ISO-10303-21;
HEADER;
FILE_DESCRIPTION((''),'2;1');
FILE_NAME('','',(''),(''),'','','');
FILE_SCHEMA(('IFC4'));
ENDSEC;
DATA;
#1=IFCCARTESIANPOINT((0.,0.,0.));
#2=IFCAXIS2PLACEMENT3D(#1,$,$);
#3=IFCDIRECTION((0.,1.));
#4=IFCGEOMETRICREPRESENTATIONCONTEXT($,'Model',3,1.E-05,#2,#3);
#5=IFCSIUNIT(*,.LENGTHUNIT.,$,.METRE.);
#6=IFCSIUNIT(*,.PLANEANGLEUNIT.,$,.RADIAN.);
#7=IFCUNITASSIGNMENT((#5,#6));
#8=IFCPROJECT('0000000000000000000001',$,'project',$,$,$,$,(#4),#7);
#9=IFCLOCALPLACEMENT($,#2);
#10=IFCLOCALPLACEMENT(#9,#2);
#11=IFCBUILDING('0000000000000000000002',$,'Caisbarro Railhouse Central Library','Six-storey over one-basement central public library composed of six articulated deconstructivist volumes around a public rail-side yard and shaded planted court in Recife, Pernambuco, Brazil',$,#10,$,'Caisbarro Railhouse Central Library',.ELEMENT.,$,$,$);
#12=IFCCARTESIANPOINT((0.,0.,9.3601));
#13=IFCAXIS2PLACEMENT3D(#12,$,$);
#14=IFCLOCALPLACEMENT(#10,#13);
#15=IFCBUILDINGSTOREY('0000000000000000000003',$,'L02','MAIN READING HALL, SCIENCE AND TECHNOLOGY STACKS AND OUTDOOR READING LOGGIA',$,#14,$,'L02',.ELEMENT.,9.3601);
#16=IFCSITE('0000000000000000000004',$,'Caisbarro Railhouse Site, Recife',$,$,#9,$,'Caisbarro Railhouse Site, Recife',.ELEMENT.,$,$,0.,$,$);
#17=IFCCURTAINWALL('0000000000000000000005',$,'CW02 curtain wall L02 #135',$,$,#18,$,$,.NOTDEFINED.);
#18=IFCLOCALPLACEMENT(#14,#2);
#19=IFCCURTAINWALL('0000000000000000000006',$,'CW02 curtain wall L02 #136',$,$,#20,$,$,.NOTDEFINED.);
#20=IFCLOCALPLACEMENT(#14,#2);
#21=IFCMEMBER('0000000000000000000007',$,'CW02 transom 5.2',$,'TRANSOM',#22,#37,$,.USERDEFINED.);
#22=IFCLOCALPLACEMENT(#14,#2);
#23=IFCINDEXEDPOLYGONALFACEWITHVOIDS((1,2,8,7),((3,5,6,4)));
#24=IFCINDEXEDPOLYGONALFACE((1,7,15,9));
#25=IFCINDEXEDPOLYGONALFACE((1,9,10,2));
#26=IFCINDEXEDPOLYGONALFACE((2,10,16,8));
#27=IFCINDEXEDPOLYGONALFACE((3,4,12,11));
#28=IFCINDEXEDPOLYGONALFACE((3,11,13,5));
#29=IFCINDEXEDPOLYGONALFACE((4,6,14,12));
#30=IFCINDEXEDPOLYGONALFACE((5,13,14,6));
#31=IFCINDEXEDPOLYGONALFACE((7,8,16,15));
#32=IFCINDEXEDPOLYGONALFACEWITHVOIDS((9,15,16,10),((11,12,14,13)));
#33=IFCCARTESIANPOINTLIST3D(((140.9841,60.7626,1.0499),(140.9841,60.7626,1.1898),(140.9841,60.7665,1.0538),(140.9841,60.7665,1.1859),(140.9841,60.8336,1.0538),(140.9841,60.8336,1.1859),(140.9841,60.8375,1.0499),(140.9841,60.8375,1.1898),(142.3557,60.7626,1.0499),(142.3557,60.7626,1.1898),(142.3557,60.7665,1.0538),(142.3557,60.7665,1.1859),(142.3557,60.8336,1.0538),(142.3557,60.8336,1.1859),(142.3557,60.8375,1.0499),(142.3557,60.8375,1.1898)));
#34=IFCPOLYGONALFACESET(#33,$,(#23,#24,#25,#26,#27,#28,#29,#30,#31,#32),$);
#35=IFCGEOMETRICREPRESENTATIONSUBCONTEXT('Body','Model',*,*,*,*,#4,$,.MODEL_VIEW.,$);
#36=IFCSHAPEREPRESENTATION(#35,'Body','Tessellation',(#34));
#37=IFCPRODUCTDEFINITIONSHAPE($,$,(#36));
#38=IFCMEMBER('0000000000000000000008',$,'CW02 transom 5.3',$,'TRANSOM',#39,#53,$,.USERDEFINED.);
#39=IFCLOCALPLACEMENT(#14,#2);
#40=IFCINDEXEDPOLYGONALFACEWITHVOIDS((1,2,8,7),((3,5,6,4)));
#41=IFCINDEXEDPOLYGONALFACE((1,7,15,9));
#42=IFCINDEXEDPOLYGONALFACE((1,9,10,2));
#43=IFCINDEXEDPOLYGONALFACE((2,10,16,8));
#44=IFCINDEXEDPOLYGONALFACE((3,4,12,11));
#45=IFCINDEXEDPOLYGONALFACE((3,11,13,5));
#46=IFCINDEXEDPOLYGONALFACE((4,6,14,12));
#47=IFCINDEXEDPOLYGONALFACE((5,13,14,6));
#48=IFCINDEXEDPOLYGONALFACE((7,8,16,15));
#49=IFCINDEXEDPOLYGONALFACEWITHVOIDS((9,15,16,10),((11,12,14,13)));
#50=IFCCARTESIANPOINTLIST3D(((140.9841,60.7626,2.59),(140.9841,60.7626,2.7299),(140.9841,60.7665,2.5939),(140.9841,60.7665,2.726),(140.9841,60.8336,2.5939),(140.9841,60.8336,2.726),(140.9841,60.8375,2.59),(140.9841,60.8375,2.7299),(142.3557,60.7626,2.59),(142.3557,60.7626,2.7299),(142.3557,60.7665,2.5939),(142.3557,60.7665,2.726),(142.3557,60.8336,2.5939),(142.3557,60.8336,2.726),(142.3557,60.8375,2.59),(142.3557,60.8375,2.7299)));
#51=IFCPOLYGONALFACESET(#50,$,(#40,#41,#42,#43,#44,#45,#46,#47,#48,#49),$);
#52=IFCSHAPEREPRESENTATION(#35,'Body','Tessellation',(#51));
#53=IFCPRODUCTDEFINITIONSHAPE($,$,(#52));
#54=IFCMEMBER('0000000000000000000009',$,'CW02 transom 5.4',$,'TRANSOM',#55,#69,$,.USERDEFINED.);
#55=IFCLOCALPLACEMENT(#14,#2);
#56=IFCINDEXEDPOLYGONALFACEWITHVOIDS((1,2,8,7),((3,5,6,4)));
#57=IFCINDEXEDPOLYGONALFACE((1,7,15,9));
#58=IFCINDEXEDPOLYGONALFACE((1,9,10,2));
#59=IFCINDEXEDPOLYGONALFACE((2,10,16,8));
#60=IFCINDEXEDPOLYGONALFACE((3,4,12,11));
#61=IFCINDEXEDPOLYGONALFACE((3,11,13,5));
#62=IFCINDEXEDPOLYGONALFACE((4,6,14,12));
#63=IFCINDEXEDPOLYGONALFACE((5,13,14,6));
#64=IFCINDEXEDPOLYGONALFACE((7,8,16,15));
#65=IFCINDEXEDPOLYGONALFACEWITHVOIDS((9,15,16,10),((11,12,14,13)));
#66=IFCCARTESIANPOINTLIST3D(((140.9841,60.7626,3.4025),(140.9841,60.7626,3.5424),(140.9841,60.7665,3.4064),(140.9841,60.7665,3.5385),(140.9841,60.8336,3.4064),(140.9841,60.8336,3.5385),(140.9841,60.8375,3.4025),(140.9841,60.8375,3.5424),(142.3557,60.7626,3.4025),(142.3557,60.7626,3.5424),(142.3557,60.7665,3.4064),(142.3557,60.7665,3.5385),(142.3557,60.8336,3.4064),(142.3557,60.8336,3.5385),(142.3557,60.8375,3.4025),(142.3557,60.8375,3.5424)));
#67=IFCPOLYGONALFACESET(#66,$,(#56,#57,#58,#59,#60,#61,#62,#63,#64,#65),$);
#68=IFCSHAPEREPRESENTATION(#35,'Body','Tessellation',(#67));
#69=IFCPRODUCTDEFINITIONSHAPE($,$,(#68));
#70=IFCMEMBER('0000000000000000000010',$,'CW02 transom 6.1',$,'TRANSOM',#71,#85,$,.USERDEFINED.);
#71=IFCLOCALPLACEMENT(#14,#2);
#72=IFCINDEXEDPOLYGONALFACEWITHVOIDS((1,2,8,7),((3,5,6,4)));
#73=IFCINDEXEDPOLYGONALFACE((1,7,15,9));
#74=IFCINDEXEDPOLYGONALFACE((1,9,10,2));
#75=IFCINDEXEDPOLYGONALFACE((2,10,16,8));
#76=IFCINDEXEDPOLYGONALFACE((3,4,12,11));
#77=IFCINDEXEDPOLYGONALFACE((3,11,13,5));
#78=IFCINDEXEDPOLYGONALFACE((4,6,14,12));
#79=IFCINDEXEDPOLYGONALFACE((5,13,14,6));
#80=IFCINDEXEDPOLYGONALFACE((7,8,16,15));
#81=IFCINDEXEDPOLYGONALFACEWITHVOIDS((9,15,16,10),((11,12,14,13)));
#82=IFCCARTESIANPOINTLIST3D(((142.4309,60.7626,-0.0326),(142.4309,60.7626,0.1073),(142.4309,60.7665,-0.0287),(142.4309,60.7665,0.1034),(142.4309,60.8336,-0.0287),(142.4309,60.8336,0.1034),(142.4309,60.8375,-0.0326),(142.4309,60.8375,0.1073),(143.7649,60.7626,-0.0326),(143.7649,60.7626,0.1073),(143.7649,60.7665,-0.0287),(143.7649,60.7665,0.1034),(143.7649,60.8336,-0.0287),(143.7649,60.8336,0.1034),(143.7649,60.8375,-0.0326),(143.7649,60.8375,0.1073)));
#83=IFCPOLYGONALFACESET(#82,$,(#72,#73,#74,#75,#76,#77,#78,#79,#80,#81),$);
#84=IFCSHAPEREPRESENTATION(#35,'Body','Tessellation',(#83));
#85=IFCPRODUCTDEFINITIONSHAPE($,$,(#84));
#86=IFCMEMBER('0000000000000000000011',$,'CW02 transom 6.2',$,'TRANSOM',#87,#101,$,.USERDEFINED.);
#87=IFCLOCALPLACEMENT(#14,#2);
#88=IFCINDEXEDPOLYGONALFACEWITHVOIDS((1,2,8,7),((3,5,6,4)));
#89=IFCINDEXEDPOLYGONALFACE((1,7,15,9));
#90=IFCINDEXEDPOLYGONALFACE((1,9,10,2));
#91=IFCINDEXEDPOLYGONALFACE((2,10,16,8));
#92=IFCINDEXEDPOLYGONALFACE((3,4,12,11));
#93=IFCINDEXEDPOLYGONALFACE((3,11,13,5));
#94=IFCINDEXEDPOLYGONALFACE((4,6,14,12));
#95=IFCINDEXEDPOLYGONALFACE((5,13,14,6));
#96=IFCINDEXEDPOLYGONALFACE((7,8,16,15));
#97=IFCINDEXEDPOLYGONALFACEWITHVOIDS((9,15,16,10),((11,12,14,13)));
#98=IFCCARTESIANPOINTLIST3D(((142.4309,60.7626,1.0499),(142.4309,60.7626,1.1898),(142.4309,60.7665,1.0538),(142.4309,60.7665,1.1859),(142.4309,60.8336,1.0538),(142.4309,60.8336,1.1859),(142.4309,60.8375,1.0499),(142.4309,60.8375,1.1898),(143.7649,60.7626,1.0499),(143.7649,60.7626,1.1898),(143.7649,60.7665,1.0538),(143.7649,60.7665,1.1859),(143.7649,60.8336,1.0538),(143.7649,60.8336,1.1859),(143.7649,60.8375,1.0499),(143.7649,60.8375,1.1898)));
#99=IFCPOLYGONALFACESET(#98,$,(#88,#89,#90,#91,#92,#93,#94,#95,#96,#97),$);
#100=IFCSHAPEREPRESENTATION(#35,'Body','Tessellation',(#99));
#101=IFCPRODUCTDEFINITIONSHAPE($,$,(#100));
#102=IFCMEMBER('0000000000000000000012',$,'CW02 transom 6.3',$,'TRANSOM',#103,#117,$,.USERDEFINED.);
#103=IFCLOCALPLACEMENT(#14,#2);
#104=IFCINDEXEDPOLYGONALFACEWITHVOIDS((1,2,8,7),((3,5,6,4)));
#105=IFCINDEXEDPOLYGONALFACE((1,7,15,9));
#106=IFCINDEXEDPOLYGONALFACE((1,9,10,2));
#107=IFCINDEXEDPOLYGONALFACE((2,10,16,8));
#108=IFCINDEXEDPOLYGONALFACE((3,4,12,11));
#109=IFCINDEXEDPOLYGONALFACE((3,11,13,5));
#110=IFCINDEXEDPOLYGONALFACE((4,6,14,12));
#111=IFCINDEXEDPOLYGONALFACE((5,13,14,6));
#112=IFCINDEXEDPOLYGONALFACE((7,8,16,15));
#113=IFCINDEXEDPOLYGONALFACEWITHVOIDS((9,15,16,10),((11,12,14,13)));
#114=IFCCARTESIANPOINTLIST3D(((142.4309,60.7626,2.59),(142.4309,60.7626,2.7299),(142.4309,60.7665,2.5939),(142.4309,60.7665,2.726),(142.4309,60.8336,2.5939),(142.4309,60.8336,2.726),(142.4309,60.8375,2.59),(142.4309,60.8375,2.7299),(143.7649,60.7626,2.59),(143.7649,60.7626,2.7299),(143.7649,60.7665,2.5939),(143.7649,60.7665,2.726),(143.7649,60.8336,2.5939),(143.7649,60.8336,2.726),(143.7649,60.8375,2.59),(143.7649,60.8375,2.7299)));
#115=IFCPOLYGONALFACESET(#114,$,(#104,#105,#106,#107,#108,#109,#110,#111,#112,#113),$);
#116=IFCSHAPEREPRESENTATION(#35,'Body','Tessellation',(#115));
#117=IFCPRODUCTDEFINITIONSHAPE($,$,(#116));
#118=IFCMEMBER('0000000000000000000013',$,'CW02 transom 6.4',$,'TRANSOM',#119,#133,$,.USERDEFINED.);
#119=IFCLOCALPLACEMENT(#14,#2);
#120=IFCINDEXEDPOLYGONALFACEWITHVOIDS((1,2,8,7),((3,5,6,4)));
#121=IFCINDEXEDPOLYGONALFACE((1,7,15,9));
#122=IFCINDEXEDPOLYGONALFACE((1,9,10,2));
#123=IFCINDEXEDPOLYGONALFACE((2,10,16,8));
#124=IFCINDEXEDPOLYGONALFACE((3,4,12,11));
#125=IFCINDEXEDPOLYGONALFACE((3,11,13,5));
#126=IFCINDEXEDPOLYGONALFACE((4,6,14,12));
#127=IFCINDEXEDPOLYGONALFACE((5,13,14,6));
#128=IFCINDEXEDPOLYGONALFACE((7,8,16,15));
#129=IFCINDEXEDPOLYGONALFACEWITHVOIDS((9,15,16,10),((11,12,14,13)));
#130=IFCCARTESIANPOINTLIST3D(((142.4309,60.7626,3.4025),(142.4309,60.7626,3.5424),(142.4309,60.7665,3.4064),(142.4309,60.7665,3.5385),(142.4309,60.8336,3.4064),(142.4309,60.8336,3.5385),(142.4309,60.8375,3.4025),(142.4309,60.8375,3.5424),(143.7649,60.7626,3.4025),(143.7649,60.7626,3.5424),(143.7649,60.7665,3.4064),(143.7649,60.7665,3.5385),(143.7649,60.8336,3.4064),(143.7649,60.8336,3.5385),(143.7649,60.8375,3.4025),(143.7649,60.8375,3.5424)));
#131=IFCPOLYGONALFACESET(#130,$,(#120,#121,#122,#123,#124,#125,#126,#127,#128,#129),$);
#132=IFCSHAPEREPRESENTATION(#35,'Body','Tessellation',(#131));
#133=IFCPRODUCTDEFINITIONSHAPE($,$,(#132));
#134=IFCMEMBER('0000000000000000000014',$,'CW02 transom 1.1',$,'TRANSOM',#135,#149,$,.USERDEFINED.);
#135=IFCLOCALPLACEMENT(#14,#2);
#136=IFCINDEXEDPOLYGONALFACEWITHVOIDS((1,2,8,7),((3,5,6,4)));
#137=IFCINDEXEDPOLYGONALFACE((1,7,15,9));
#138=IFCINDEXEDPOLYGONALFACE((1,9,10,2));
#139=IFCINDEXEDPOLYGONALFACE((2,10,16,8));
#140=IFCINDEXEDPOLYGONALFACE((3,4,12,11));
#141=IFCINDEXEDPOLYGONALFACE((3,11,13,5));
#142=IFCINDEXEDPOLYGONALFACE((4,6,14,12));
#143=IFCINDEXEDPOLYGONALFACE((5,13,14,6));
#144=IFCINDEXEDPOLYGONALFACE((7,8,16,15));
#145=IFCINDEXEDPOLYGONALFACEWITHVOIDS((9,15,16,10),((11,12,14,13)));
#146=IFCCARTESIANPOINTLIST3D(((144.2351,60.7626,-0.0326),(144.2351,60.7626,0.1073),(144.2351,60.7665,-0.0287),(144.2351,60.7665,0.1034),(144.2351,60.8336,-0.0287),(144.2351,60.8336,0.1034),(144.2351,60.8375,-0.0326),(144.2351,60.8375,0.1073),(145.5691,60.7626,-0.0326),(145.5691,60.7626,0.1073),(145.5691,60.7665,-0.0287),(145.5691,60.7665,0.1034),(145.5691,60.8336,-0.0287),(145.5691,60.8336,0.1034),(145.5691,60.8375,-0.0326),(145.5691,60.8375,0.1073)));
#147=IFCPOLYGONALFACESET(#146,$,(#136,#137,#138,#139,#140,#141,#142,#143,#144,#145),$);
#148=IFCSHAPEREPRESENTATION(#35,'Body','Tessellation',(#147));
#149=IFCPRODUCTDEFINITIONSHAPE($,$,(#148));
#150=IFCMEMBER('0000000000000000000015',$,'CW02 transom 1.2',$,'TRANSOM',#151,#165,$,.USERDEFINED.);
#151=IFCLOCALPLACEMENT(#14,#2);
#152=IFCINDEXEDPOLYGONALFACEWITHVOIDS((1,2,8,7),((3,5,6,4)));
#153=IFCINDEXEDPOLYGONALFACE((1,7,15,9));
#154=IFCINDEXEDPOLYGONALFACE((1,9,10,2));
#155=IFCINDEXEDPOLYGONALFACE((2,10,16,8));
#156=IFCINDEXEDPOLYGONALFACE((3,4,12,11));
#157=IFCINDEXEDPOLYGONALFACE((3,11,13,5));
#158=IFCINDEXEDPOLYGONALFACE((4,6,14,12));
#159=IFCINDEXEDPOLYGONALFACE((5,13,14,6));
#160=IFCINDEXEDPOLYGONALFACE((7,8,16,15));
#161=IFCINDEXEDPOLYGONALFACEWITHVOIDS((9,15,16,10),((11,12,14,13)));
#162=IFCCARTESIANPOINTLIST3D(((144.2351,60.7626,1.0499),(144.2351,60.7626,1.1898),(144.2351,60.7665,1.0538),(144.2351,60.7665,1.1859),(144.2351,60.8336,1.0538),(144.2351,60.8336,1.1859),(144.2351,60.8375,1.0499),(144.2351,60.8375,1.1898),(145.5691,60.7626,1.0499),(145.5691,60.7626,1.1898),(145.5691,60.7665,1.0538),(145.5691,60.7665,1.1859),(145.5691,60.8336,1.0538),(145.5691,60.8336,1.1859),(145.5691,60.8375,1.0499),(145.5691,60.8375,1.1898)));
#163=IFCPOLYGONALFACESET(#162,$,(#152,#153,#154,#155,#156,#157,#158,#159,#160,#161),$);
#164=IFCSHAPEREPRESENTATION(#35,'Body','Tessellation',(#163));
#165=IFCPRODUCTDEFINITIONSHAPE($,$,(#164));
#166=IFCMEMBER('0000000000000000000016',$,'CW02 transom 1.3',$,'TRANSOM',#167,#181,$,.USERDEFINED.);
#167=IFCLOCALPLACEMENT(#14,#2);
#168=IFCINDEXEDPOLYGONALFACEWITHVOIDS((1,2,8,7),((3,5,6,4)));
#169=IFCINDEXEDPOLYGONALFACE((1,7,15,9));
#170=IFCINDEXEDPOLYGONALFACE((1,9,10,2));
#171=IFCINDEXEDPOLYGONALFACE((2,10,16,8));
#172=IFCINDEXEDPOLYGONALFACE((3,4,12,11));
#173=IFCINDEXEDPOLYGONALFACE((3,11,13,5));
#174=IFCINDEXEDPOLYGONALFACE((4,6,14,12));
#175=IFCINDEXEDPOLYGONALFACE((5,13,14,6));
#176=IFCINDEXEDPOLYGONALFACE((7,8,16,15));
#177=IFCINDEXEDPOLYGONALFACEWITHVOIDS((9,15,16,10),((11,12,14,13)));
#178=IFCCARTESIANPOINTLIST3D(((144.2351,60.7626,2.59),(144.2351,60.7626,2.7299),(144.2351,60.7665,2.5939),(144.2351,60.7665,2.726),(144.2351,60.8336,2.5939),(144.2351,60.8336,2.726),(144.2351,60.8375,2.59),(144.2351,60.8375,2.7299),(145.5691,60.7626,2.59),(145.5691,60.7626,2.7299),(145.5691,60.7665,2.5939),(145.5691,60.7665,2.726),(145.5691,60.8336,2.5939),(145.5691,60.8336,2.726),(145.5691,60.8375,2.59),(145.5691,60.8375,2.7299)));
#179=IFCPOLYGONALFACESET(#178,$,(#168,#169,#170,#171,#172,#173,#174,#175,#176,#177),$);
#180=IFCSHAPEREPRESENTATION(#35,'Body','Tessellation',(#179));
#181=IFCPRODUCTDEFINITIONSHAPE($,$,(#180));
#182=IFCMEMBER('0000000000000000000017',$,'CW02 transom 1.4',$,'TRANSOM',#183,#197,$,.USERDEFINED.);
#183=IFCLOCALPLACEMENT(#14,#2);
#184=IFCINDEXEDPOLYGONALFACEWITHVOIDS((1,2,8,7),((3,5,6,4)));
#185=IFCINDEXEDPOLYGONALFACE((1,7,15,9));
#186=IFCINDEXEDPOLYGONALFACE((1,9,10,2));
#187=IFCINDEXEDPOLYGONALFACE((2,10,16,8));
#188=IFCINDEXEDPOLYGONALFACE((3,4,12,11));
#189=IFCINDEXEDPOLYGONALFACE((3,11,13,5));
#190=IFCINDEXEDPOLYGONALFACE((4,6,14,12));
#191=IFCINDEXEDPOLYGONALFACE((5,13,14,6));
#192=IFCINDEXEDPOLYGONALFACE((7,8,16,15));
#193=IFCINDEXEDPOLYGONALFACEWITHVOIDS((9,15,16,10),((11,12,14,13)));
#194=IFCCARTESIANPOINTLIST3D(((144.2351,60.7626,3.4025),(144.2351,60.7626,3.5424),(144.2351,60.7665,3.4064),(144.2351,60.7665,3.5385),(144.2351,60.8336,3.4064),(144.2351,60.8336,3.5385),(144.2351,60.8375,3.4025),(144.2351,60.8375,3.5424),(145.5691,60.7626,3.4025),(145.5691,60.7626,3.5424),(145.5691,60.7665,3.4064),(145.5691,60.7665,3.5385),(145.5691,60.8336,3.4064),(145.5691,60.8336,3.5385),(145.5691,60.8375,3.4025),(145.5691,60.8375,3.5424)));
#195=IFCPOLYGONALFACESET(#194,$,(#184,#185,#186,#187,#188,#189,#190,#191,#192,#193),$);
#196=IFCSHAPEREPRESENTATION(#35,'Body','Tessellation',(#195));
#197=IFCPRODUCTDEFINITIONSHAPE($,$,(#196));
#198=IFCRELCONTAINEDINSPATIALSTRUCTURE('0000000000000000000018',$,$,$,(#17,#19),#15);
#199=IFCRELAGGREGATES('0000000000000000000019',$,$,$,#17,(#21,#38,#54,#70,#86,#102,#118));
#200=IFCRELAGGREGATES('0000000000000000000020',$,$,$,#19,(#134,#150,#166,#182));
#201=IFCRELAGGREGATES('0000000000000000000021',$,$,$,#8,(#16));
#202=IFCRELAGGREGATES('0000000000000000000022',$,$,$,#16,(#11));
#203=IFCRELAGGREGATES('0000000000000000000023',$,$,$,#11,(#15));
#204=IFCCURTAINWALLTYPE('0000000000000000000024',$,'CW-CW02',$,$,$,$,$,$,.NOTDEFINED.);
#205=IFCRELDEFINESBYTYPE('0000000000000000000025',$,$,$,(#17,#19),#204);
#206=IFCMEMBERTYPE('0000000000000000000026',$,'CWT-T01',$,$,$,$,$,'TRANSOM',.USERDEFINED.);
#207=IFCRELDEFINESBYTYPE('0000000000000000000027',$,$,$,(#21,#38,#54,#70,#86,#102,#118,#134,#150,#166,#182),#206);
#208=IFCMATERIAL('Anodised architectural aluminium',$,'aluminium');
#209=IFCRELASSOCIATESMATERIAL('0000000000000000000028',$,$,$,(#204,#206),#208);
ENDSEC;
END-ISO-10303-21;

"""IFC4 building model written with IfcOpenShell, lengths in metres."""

from ifc_helpers import new_model, si_unit, direction, frame, origin, origin_2d, place, context, subcontext, project, spatial, hollow_rectangle, extrude, material, material_profile, profile_set, type_object, element, aggregate, save


model = new_model("IFC4")

# Units and contexts
model_context = context("Model", 3, precision=1e-05, world=origin(), true_north=direction((0.0, 1.0)))
body_context = subcontext(model_context, "Body", "Model", "MODEL_VIEW")
ifc_project = project(units=[si_unit("LENGTHUNIT", "METRE"), si_unit("PLANEANGLEUNIT", "RADIAN")], contexts=[model_context])

# Site, building, storey
site_placement = place(None, origin())
site = spatial("IfcSite", under=ifc_project, at=site_placement, Name="Caisbarro Railhouse Site, Recife", LongName="Caisbarro Railhouse Site, Recife", CompositionType="ELEMENT", RefElevation=0.0)
building_placement = place(site_placement, origin())
building = spatial("IfcBuilding", under=site, at=building_placement, Name="Caisbarro Railhouse Central Library", Description="Six-storey over one-basement central public library composed of six articulated deconstructivist volumes around a public rail-side yard and shaded planted court in Recife, Pernambuco, Brazil", LongName="Caisbarro Railhouse Central Library", CompositionType="ELEMENT")
storey_placement = place(building_placement, frame((0.0, 0.0, 9.3601)))
storey = spatial("IfcBuildingStorey", under=building, at=storey_placement, Name="L02", Description="MAIN READING HALL, SCIENCE AND TECHNOLOGY STACKS AND OUTDOOR READING LOGGIA", LongName="L02", CompositionType="ELEMENT", Elevation=9.3601)

# Curtain wall
ifc_material_1 = material(Name="Anodised architectural aluminium", Category="aluminium")
curtain_wall_type = type_object("IfcCurtainWallType", Name="CW-CW02", PredefinedType="NOTDEFINED", material=ifc_material_1)
curtain_wall_1_placement = place(storey_placement, origin())
curtain_wall_1 = element("IfcCurtainWall", 1, at=curtain_wall_1_placement, inside=storey, type_object=curtain_wall_type, Name="CW02 curtain wall L02 #135", PredefinedType="NOTDEFINED")

# Curtain wall
curtain_wall_2_placement = place(storey_placement, origin())
curtain_wall_2 = element("IfcCurtainWall", 2, at=curtain_wall_2_placement, inside=storey, type_object=curtain_wall_type, Name="CW02 curtain wall L02 #136", PredefinedType="NOTDEFINED")

# Members
ifc_material_profile_1 = material_profile(ifc_material_1, hollow_rectangle(XDim=0.075, YDim=0.1399, WallThickness=0.0039, at=origin_2d()), Name="ALU-TRN-75X140")
ifc_profile_set_1 = profile_set([ifc_material_profile_1], Name="Anodised architectural aluminium")
member_type_1 = type_object("IfcMemberType", Name="CWT-T01", ElementType="TRANSOM", PredefinedType="USERDEFINED", material=ifc_profile_set_1)
member_1_placement = place(storey_placement, frame((140.9841, 60.8, 1.1199), z_axis=(1.0, 0.0, 0.0), x_axis=(0.0, 1.0, 0.0)))
member_1 = element("IfcMember", 3, at=member_1_placement, type_object=member_type_1, Name="CW02 transom 5.2", ObjectType="TRANSOM", PredefinedType="USERDEFINED", context=body_context, shape_type="SweptSolid", body=[
    extrude(hollow_rectangle(XDim=0.075, YDim=0.1399, WallThickness=0.0039, at=origin_2d()), origin(), (0.0, 0.0, 1.0), 1.3716),
])
member_2_placement = place(storey_placement, frame((140.9841, 60.8, 2.6599), z_axis=(1.0, 0.0, 0.0), x_axis=(0.0, 1.0, 0.0)))
member_2 = element("IfcMember", 4, at=member_2_placement, type_object=member_type_1, Name="CW02 transom 5.3", ObjectType="TRANSOM", PredefinedType="USERDEFINED", context=body_context, shape_type="SweptSolid", body=[
    extrude(hollow_rectangle(XDim=0.075, YDim=0.1399, WallThickness=0.0039, at=origin_2d()), origin(), (0.0, 0.0, 1.0), 1.3716),
])
member_3_placement = place(storey_placement, frame((140.9841, 60.8, 3.4724), z_axis=(1.0, 0.0, 0.0), x_axis=(0.0, 1.0, 0.0)))
member_3 = element("IfcMember", 5, at=member_3_placement, type_object=member_type_1, Name="CW02 transom 5.4", ObjectType="TRANSOM", PredefinedType="USERDEFINED", context=body_context, shape_type="SweptSolid", body=[
    extrude(hollow_rectangle(XDim=0.075, YDim=0.1399, WallThickness=0.0039, at=origin_2d()), origin(), (0.0, 0.0, 1.0), 1.3716),
])
member_4_placement = place(storey_placement, frame((142.4309, 60.8, 0.0374), z_axis=(1.0, 0.0, 0.0), x_axis=(0.0, 1.0, 0.0)))
member_4 = element("IfcMember", 6, at=member_4_placement, type_object=member_type_1, Name="CW02 transom 6.1", ObjectType="TRANSOM", PredefinedType="USERDEFINED", context=body_context, shape_type="SweptSolid", body=[
    extrude(hollow_rectangle(XDim=0.075, YDim=0.1399, WallThickness=0.0039, at=origin_2d()), origin(), (0.0, 0.0, 1.0), 1.334),
])
member_5_placement = place(storey_placement, frame((142.4309, 60.8, 1.1199), z_axis=(1.0, 0.0, 0.0), x_axis=(0.0, 1.0, 0.0)))
member_5 = element("IfcMember", 7, at=member_5_placement, type_object=member_type_1, Name="CW02 transom 6.2", ObjectType="TRANSOM", PredefinedType="USERDEFINED", context=body_context, shape_type="SweptSolid", body=[
    extrude(hollow_rectangle(XDim=0.075, YDim=0.1399, WallThickness=0.0039, at=origin_2d()), origin(), (0.0, 0.0, 1.0), 1.334),
])
member_6_placement = place(storey_placement, frame((142.4309, 60.8, 2.6599), z_axis=(1.0, 0.0, 0.0), x_axis=(0.0, 1.0, 0.0)))
member_6 = element("IfcMember", 8, at=member_6_placement, type_object=member_type_1, Name="CW02 transom 6.3", ObjectType="TRANSOM", PredefinedType="USERDEFINED", context=body_context, shape_type="SweptSolid", body=[
    extrude(hollow_rectangle(XDim=0.075, YDim=0.1399, WallThickness=0.0039, at=origin_2d()), origin(), (0.0, 0.0, 1.0), 1.334),
])
member_7_placement = place(storey_placement, frame((142.4309, 60.8, 3.4724), z_axis=(1.0, 0.0, 0.0), x_axis=(0.0, 1.0, 0.0)))
member_7 = element("IfcMember", 9, at=member_7_placement, type_object=member_type_1, Name="CW02 transom 6.4", ObjectType="TRANSOM", PredefinedType="USERDEFINED", context=body_context, shape_type="SweptSolid", body=[
    extrude(hollow_rectangle(XDim=0.075, YDim=0.1399, WallThickness=0.0039, at=origin_2d()), origin(), (0.0, 0.0, 1.0), 1.334),
])
member_8_placement = place(storey_placement, frame((144.2351, 60.8, 0.0374), z_axis=(1.0, 0.0, 0.0), x_axis=(0.0, 1.0, 0.0)))
member_8 = element("IfcMember", 10, at=member_8_placement, type_object=member_type_1, Name="CW02 transom 1.1", ObjectType="TRANSOM", PredefinedType="USERDEFINED", context=body_context, shape_type="SweptSolid", body=[
    extrude(hollow_rectangle(XDim=0.075, YDim=0.1399, WallThickness=0.0039, at=origin_2d()), origin(), (0.0, 0.0, 1.0), 1.334),
])
member_9_placement = place(storey_placement, frame((144.2351, 60.8, 1.1199), z_axis=(1.0, 0.0, 0.0), x_axis=(0.0, 1.0, 0.0)))
member_9 = element("IfcMember", 11, at=member_9_placement, type_object=member_type_1, Name="CW02 transom 1.2", ObjectType="TRANSOM", PredefinedType="USERDEFINED", context=body_context, shape_type="SweptSolid", body=[
    extrude(hollow_rectangle(XDim=0.075, YDim=0.1399, WallThickness=0.0039, at=origin_2d()), origin(), (0.0, 0.0, 1.0), 1.334),
])
member_10_placement = place(storey_placement, frame((144.2351, 60.8, 2.6599), z_axis=(1.0, 0.0, 0.0), x_axis=(0.0, 1.0, 0.0)))
member_10 = element("IfcMember", 12, at=member_10_placement, type_object=member_type_1, Name="CW02 transom 1.3", ObjectType="TRANSOM", PredefinedType="USERDEFINED", context=body_context, shape_type="SweptSolid", body=[
    extrude(hollow_rectangle(XDim=0.075, YDim=0.1399, WallThickness=0.0039, at=origin_2d()), origin(), (0.0, 0.0, 1.0), 1.334),
])
member_11_placement = place(storey_placement, frame((144.2351, 60.8, 3.4724), z_axis=(1.0, 0.0, 0.0), x_axis=(0.0, 1.0, 0.0)))
member_11 = element("IfcMember", 13, at=member_11_placement, type_object=member_type_1, Name="CW02 transom 1.4", ObjectType="TRANSOM", PredefinedType="USERDEFINED", context=body_context, shape_type="SweptSolid", body=[
    extrude(hollow_rectangle(XDim=0.075, YDim=0.1399, WallThickness=0.0039, at=origin_2d()), origin(), (0.0, 0.0, 1.0), 1.334),
])

aggregate(curtain_wall_1, [member_1, member_2, member_3, member_4, member_5, member_6, member_7])
aggregate(curtain_wall_2, [member_8, member_9, member_10, member_11])

save(model, "model.ifc")
